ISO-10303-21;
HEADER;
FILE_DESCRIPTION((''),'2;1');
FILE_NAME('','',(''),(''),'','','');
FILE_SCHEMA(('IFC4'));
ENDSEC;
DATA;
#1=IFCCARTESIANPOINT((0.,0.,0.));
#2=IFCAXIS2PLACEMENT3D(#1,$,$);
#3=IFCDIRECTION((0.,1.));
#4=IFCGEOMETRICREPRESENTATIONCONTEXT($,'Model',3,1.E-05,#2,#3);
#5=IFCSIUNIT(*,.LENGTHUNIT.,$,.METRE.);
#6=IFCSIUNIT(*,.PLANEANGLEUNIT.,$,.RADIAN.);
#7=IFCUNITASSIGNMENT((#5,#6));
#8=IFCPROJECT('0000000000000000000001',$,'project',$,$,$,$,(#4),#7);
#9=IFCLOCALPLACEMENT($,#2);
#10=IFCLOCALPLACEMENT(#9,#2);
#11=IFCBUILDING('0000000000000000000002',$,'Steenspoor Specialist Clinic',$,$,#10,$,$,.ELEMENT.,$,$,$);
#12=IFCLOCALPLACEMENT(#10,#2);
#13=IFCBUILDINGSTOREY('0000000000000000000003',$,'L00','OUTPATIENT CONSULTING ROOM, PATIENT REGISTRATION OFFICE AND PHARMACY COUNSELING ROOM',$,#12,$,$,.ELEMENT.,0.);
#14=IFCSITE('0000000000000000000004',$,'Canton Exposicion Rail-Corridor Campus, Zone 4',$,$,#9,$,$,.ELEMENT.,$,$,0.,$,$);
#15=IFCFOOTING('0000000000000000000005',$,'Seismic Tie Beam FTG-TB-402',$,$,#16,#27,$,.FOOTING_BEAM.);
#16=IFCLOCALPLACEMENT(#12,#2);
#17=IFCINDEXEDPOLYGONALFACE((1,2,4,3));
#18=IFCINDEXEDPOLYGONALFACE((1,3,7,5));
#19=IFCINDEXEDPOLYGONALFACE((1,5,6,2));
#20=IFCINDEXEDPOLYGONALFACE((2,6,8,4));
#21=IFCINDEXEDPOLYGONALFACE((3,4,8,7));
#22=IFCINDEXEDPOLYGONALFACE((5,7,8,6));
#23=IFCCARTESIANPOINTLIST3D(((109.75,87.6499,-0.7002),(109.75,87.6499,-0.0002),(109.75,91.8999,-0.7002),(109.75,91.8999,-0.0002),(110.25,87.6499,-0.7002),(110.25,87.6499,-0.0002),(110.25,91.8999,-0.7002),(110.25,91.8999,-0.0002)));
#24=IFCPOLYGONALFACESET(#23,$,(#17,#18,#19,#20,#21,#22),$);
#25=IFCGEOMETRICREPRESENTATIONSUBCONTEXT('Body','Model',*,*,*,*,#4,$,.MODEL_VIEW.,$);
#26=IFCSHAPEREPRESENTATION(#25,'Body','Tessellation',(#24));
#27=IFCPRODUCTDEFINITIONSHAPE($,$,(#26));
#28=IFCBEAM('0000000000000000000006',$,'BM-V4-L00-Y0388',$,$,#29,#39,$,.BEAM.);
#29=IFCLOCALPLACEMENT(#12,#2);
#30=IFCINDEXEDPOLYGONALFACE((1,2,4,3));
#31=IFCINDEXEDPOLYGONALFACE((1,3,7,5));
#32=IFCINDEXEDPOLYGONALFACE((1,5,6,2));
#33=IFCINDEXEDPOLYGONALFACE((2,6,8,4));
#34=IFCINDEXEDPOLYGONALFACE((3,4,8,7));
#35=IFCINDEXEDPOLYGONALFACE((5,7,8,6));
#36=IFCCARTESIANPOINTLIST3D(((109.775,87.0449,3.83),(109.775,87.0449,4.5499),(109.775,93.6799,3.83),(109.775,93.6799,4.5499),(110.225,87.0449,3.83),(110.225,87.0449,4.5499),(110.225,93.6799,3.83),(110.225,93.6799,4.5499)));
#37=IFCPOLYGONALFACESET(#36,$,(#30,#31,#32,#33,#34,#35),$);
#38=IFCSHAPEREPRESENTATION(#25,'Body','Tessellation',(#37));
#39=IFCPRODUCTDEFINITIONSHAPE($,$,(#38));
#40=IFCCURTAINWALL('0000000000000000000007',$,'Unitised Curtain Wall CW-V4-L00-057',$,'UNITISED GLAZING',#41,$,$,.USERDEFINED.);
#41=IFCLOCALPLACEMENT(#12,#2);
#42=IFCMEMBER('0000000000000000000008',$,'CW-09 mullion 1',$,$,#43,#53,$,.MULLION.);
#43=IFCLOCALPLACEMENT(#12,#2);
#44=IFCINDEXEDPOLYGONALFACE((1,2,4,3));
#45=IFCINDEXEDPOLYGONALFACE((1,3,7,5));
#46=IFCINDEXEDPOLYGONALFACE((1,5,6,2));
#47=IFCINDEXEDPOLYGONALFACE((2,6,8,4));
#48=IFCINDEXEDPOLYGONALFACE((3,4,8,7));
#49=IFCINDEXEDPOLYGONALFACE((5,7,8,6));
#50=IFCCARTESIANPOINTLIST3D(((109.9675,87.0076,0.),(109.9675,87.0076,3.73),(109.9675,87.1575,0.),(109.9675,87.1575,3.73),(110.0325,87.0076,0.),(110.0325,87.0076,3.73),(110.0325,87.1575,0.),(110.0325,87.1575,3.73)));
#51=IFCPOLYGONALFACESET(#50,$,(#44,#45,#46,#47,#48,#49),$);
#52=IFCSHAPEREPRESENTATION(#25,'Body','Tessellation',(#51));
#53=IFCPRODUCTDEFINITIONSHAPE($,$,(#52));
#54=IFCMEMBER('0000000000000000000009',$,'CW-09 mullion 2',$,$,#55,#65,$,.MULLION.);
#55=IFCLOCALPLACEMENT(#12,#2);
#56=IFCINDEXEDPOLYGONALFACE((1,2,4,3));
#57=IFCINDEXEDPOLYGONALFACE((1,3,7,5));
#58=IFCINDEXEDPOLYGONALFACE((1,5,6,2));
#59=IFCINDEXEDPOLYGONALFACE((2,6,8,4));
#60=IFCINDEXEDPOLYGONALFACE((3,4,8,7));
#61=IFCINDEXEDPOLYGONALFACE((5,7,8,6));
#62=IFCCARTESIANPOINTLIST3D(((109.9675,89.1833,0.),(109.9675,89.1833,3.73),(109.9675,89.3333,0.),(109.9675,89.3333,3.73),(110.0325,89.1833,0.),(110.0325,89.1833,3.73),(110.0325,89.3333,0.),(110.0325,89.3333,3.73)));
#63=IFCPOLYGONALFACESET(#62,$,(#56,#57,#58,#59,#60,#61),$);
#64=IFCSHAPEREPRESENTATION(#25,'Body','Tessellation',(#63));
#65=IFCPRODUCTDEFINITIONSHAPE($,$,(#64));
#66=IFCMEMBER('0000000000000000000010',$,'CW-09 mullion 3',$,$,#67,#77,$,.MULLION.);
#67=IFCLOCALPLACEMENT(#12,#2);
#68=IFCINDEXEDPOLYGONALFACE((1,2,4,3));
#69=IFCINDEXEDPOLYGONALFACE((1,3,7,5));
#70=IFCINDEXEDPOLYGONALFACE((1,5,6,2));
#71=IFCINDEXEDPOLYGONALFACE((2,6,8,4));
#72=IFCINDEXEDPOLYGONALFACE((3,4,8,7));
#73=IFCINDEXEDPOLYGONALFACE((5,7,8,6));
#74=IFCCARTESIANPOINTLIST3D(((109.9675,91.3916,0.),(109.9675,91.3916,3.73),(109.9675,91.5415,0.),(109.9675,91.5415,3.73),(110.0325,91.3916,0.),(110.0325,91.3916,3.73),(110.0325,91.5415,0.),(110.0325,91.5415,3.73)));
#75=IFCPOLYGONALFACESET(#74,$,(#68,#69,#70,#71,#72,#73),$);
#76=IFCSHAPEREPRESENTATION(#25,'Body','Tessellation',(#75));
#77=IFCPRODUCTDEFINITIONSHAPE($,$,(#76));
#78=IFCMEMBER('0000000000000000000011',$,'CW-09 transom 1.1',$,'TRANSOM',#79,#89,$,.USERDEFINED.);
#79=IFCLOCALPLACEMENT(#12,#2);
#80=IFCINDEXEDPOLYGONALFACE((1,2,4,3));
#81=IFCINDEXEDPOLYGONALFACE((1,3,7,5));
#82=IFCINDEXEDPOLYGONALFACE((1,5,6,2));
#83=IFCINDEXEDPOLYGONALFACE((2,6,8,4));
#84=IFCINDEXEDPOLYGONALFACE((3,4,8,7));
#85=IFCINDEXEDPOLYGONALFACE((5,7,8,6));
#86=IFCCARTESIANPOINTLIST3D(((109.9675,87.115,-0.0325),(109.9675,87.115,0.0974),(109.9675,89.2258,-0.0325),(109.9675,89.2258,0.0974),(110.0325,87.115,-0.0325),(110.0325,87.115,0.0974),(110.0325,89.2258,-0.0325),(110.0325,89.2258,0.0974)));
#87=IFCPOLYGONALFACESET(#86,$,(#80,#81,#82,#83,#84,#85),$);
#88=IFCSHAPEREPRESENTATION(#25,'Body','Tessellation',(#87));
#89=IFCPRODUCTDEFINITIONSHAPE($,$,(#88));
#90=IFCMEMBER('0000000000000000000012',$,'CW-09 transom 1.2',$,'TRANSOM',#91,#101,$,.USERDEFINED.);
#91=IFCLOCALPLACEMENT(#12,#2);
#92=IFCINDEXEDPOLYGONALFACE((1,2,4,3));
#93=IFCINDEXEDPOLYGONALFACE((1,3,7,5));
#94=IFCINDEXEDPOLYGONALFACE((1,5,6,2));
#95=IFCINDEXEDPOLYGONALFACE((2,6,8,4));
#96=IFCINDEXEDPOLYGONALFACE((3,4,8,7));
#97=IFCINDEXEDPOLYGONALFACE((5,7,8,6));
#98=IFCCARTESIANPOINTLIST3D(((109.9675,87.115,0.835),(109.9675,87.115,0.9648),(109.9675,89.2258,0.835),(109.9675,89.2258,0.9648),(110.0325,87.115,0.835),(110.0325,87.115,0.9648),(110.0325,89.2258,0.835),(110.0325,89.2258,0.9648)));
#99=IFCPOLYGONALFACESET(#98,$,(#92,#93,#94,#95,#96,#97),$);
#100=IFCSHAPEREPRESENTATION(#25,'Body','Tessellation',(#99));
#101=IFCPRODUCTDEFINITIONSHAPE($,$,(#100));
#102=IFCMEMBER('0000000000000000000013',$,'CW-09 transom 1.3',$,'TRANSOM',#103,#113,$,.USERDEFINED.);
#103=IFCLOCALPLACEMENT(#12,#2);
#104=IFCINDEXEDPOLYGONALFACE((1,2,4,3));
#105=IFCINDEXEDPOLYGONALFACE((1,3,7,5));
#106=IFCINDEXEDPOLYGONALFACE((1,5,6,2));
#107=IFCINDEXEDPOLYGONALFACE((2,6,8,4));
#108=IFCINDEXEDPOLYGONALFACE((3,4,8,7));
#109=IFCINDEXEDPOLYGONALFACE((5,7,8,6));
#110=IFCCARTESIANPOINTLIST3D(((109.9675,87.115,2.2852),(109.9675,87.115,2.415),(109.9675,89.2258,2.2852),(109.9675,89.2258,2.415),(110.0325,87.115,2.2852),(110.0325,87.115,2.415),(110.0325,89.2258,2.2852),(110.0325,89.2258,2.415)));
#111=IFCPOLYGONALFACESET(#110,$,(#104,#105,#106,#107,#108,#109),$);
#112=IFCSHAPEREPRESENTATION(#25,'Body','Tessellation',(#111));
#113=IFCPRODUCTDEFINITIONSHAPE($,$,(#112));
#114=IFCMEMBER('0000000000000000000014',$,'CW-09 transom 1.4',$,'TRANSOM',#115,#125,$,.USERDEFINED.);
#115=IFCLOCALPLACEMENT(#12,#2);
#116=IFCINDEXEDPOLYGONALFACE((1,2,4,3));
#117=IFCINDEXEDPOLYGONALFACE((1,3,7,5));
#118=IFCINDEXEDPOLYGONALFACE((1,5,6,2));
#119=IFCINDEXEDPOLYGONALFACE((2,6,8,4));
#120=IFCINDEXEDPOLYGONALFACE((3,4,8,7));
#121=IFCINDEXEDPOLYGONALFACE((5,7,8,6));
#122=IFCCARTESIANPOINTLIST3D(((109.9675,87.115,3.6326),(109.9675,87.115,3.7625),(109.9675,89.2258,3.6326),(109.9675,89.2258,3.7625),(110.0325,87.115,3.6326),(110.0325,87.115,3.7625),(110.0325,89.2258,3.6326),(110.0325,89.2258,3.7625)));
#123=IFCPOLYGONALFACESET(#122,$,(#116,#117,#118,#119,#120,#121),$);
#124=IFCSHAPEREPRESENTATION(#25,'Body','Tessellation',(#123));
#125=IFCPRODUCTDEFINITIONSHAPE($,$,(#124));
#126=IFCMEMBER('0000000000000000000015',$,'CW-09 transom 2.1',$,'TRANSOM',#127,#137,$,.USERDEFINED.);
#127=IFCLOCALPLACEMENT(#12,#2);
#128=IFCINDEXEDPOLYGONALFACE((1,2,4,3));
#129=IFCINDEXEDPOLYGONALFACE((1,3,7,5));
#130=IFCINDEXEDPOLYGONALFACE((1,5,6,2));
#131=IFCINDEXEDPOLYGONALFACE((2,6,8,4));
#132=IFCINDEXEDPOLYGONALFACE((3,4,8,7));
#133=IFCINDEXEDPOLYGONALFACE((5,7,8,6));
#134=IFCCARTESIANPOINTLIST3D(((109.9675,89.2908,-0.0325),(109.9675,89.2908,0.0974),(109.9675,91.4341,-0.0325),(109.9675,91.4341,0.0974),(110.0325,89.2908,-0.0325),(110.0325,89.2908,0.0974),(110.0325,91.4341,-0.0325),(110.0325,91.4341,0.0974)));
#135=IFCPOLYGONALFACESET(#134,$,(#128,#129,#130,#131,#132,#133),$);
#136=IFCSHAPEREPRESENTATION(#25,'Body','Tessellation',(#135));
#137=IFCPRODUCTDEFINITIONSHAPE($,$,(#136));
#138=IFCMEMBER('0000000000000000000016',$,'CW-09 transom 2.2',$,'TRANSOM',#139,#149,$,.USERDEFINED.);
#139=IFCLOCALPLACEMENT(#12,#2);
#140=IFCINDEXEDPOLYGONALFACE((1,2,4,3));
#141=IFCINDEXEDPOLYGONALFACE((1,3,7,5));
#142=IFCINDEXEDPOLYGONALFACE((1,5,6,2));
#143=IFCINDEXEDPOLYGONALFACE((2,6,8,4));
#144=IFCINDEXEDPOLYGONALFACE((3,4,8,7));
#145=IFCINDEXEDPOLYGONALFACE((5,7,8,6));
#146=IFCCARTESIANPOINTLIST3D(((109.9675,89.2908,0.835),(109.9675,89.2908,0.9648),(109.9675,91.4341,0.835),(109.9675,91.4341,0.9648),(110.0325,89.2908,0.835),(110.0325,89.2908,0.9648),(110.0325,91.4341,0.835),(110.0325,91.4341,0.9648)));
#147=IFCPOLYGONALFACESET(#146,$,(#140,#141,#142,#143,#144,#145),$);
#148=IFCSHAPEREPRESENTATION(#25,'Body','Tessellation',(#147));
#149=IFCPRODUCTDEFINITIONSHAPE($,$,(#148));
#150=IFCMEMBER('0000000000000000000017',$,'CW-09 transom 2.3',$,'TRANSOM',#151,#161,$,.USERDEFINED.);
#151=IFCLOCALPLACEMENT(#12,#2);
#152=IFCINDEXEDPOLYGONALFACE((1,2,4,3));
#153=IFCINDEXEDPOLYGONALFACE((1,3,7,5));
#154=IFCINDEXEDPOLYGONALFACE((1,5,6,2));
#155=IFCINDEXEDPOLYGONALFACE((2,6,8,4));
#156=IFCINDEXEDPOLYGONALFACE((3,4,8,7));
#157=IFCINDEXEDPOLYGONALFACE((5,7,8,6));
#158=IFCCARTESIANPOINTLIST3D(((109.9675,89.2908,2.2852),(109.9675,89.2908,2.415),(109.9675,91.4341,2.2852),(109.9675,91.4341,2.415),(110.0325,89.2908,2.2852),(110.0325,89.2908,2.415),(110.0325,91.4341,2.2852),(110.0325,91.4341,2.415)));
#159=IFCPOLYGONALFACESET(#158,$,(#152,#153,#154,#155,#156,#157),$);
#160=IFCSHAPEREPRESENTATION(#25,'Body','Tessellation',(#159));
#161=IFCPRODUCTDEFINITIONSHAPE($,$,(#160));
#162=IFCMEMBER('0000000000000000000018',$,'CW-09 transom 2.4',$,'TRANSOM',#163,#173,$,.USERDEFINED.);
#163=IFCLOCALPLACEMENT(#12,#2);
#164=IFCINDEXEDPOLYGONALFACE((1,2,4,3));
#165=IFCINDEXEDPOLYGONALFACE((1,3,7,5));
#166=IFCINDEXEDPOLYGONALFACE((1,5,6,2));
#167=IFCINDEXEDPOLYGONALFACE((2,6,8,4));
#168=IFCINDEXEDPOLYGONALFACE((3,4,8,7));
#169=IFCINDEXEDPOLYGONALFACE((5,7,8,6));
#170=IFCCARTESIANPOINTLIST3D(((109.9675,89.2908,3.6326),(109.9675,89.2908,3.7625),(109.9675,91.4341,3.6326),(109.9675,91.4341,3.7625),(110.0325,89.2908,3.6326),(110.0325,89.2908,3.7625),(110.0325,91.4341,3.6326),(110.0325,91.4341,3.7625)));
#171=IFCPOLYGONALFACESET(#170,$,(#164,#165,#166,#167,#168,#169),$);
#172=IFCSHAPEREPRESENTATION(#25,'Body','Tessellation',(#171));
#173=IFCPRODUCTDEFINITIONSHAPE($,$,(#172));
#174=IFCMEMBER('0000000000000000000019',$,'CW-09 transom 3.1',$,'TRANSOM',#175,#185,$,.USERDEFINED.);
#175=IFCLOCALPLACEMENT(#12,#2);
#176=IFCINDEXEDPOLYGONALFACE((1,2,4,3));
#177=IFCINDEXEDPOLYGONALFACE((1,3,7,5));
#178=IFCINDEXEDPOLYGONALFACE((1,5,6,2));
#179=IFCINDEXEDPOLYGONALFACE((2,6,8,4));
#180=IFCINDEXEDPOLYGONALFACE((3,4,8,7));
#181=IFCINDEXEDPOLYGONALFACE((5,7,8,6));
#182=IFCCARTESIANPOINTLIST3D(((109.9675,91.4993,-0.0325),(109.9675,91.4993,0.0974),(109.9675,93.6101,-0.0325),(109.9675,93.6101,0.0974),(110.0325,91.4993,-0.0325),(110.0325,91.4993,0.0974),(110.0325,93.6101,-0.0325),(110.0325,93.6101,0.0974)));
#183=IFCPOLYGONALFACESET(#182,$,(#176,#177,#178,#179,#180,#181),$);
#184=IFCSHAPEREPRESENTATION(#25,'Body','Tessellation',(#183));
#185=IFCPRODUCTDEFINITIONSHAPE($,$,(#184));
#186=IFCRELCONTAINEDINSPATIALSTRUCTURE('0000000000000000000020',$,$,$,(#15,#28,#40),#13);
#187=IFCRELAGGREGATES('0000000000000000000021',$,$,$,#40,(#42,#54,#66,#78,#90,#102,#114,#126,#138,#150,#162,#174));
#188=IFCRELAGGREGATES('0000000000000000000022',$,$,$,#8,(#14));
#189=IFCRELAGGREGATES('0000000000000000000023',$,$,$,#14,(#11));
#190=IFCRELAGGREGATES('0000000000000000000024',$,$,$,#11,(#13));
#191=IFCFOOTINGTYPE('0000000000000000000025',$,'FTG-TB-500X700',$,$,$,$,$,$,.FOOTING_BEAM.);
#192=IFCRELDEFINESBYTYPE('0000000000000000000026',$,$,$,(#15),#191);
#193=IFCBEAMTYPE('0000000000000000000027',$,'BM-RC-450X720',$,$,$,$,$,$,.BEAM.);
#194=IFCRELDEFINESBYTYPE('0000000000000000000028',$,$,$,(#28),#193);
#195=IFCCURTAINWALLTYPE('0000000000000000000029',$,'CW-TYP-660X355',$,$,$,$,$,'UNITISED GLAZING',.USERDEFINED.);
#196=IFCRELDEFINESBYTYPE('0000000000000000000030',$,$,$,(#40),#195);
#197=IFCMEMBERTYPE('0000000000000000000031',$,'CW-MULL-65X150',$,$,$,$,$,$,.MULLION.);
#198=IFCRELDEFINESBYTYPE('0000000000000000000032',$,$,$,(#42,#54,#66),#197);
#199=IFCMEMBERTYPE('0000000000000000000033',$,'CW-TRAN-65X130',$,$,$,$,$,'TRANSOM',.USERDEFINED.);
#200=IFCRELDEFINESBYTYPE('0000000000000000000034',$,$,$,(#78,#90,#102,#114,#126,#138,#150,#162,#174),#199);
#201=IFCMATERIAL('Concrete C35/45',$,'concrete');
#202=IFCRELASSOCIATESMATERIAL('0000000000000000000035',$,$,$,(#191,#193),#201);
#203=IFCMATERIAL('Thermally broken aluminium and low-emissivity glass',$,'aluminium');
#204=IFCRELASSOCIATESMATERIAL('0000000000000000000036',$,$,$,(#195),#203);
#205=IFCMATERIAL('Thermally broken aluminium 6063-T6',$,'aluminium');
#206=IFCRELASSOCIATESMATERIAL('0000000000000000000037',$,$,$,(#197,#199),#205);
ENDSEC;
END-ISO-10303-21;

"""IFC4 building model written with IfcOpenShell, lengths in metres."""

from ifc_helpers import new_model, si_unit, direction, frame, origin, origin_2d, place, context, subcontext, project, spatial, rectangle, extrude, material, material_profile, profile_set, type_object, element, aggregate, save


model = new_model("IFC4")

# Units and contexts
model_context = context("Model", 3, precision=1e-05, world=origin(), true_north=direction((0.0, 1.0)))
body_context = subcontext(model_context, "Body", "Model", "MODEL_VIEW")
ifc_project = project(units=[si_unit("LENGTHUNIT", "METRE"), si_unit("PLANEANGLEUNIT", "RADIAN")], contexts=[model_context])

# Site, building, storey
site_placement = place(None, origin())
site = spatial("IfcSite", under=ifc_project, at=site_placement, Name="Canton Exposicion Rail-Corridor Campus, Zone 4", CompositionType="ELEMENT", RefElevation=0.0)
building_placement = place(site_placement, origin())
building = spatial("IfcBuilding", under=site, at=building_placement, Name="Steenspoor Specialist Clinic", CompositionType="ELEMENT")
storey_placement = place(building_placement, origin())
storey = spatial("IfcBuildingStorey", under=building, at=storey_placement, Name="L00", Description="OUTPATIENT CONSULTING ROOM, PATIENT REGISTRATION OFFICE AND PHARMACY COUNSELING ROOM", CompositionType="ELEMENT", Elevation=0.0)

# Footing
ifc_material_1 = material(Name="Concrete C35/45", Category="concrete")
footing_type = type_object("IfcFootingType", Name="FTG-TB-500X700", PredefinedType="FOOTING_BEAM", material=ifc_material_1)
footing_placement = place(storey_placement, frame((110.0, 89.7749, -0.7002), z_axis=(0.0, 0.0, 1.0), x_axis=(1.0, 0.0, 0.0)))
element("IfcFooting", 1, at=footing_placement, inside=storey, type_object=footing_type, Name="Seismic Tie Beam FTG-TB-402", PredefinedType="FOOTING_BEAM", context=body_context, shape_type="SweptSolid", body=[
    extrude(rectangle(XDim=0.5, YDim=4.25, at=origin_2d()), origin(), (0.0, 0.0, 1.0), 0.7),
])

# Beam
ifc_material_profile_1 = material_profile(ifc_material_1, rectangle(XDim=0.45, YDim=0.72, at=origin_2d()), Name="RC-BM-450X720")
ifc_profile_set_1 = profile_set([ifc_material_profile_1], Name="Concrete C35/45")
beam_type = type_object("IfcBeamType", Name="BM-RC-450X720", PredefinedType="BEAM", material=ifc_profile_set_1)
beam_placement = place(storey_placement, frame((110.0, 87.0449, 4.1899), z_axis=(0.0, 1.0, 0.0), x_axis=(-1.0, 0.0, 0.0)))
element("IfcBeam", 2, at=beam_placement, inside=storey, type_object=beam_type, Name="BM-V4-L00-Y0388", PredefinedType="BEAM", context=body_context, shape_type="SweptSolid", body=[
    extrude(rectangle(XDim=0.45, YDim=0.72, at=origin_2d()), origin(), (0.0, 0.0, 1.0), 6.635),
])

# Curtain wall, members
ifc_material_2 = material(Name="Thermally broken aluminium and low-emissivity glass", Category="aluminium")
curtain_wall_type = type_object("IfcCurtainWallType", Name="CW-TYP-660X355", ElementType="UNITISED GLAZING", PredefinedType="USERDEFINED", material=ifc_material_2)
curtain_wall_placement = place(storey_placement, origin())
curtain_wall = element("IfcCurtainWall", 3, at=curtain_wall_placement, inside=storey, type_object=curtain_wall_type, Name="Unitised Curtain Wall CW-V4-L00-057", ObjectType="UNITISED GLAZING", PredefinedType="USERDEFINED")
ifc_material_3 = material(Name="Thermally broken aluminium 6063-T6", Category="aluminium")
ifc_material_profile_2 = material_profile(ifc_material_3, rectangle(XDim=0.0649, YDim=0.1499, at=origin_2d()), Name="CWM-65X150")
ifc_profile_set_2 = profile_set([ifc_material_profile_2], Name="Thermally broken aluminium 6063-T6")
member_type_1 = type_object("IfcMemberType", Name="CW-MULL-65X150", PredefinedType="MULLION", material=ifc_profile_set_2)
member_1_placement = place(storey_placement, frame((110.0, 87.0825, 0.0), z_axis=(0.0, 0.0, 1.0), x_axis=(-1.0, 0.0, 0.0)))
member_1 = element("IfcMember", 4, at=member_1_placement, type_object=member_type_1, Name="CW-09 mullion 1", PredefinedType="MULLION", context=body_context, shape_type="SweptSolid", body=[
    extrude(rectangle(XDim=0.0649, YDim=0.1499, at=origin_2d()), origin(), (0.0, 0.0, 1.0), 3.73),
])
member_2_placement = place(storey_placement, frame((110.0, 89.2583, 0.0), z_axis=(0.0, 0.0, 1.0), x_axis=(-1.0, 0.0, 0.0)))
member_2 = element("IfcMember", 5, at=member_2_placement, type_object=member_type_1, Name="CW-09 mullion 2", PredefinedType="MULLION", context=body_context, shape_type="SweptSolid", body=[
    extrude(rectangle(XDim=0.0649, YDim=0.1499, at=origin_2d()), origin(), (0.0, 0.0, 1.0), 3.73),
])
member_3_placement = place(storey_placement, frame((110.0, 91.4666, 0.0), z_axis=(0.0, 0.0, 1.0), x_axis=(-1.0, 0.0, 0.0)))
member_3 = element("IfcMember", 6, at=member_3_placement, type_object=member_type_1, Name="CW-09 mullion 3", PredefinedType="MULLION", context=body_context, shape_type="SweptSolid", body=[
    extrude(rectangle(XDim=0.0649, YDim=0.1499, at=origin_2d()), origin(), (0.0, 0.0, 1.0), 3.73),
])
ifc_material_profile_3 = material_profile(ifc_material_3, rectangle(XDim=0.0649, YDim=0.1299, at=origin_2d()), Name="CWT-65X130")
ifc_profile_set_3 = profile_set([ifc_material_profile_3], Name="Thermally broken aluminium 6063-T6")
member_type_2 = type_object("IfcMemberType", Name="CW-TRAN-65X130", ElementType="TRANSOM", PredefinedType="USERDEFINED", material=ifc_profile_set_3)
member_4_placement = place(storey_placement, frame((110.0, 87.115, 0.0325), z_axis=(0.0, 1.0, 0.0), x_axis=(-1.0, 0.0, 0.0)))
member_4 = element("IfcMember", 7, at=member_4_placement, type_object=member_type_2, Name="CW-09 transom 1.1", ObjectType="TRANSOM", PredefinedType="USERDEFINED", context=body_context, shape_type="SweptSolid", body=[
    extrude(rectangle(XDim=0.0649, YDim=0.1299, at=origin_2d()), origin(), (0.0, 0.0, 1.0), 2.1108),
])
member_5_placement = place(storey_placement, frame((110.0, 87.115, 0.8999), z_axis=(0.0, 1.0, 0.0), x_axis=(-1.0, 0.0, 0.0)))
member_5 = element("IfcMember", 8, at=member_5_placement, type_object=member_type_2, Name="CW-09 transom 1.2", ObjectType="TRANSOM", PredefinedType="USERDEFINED", context=body_context, shape_type="SweptSolid", body=[
    extrude(rectangle(XDim=0.0649, YDim=0.1299, at=origin_2d()), origin(), (0.0, 0.0, 1.0), 2.1108),
])
member_6_placement = place(storey_placement, frame((110.0, 87.115, 2.3501), z_axis=(0.0, 1.0, 0.0), x_axis=(-1.0, 0.0, 0.0)))
member_6 = element("IfcMember", 9, at=member_6_placement, type_object=member_type_2, Name="CW-09 transom 1.3", ObjectType="TRANSOM", PredefinedType="USERDEFINED", context=body_context, shape_type="SweptSolid", body=[
    extrude(rectangle(XDim=0.0649, YDim=0.1299, at=origin_2d()), origin(), (0.0, 0.0, 1.0), 2.1108),
])
member_7_placement = place(storey_placement, frame((110.0, 87.115, 3.6975), z_axis=(0.0, 1.0, 0.0), x_axis=(-1.0, 0.0, 0.0)))
member_7 = element("IfcMember", 10, at=member_7_placement, type_object=member_type_2, Name="CW-09 transom 1.4", ObjectType="TRANSOM", PredefinedType="USERDEFINED", context=body_context, shape_type="SweptSolid", body=[
    extrude(rectangle(XDim=0.0649, YDim=0.1299, at=origin_2d()), origin(), (0.0, 0.0, 1.0), 2.1108),
])
member_8_placement = place(storey_placement, frame((110.0, 89.2908, 0.0325), z_axis=(0.0, 1.0, 0.0), x_axis=(-1.0, 0.0, 0.0)))
member_8 = element("IfcMember", 11, at=member_8_placement, type_object=member_type_2, Name="CW-09 transom 2.1", ObjectType="TRANSOM", PredefinedType="USERDEFINED", context=body_context, shape_type="SweptSolid", body=[
    extrude(rectangle(XDim=0.0649, YDim=0.1299, at=origin_2d()), origin(), (0.0, 0.0, 1.0), 2.1433),
])
member_9_placement = place(storey_placement, frame((110.0, 89.2908, 0.8999), z_axis=(0.0, 1.0, 0.0), x_axis=(-1.0, 0.0, 0.0)))
member_9 = element("IfcMember", 12, at=member_9_placement, type_object=member_type_2, Name="CW-09 transom 2.2", ObjectType="TRANSOM", PredefinedType="USERDEFINED", context=body_context, shape_type="SweptSolid", body=[
    extrude(rectangle(XDim=0.0649, YDim=0.1299, at=origin_2d()), origin(), (0.0, 0.0, 1.0), 2.1433),
])
member_10_placement = place(storey_placement, frame((110.0, 89.2908, 2.3501), z_axis=(0.0, 1.0, 0.0), x_axis=(-1.0, 0.0, 0.0)))
member_10 = element("IfcMember", 13, at=member_10_placement, type_object=member_type_2, Name="CW-09 transom 2.3", ObjectType="TRANSOM", PredefinedType="USERDEFINED", context=body_context, shape_type="SweptSolid", body=[
    extrude(rectangle(XDim=0.0649, YDim=0.1299, at=origin_2d()), origin(), (0.0, 0.0, 1.0), 2.1433),
])
member_11_placement = place(storey_placement, frame((110.0, 89.2908, 3.6975), z_axis=(0.0, 1.0, 0.0), x_axis=(-1.0, 0.0, 0.0)))
member_11 = element("IfcMember", 14, at=member_11_placement, type_object=member_type_2, Name="CW-09 transom 2.4", ObjectType="TRANSOM", PredefinedType="USERDEFINED", context=body_context, shape_type="SweptSolid", body=[
    extrude(rectangle(XDim=0.0649, YDim=0.1299, at=origin_2d()), origin(), (0.0, 0.0, 1.0), 2.1433),
])
member_12_placement = place(storey_placement, frame((110.0, 91.4993, 0.0325), z_axis=(0.0, 1.0, 0.0), x_axis=(-1.0, 0.0, 0.0)))
member_12 = element("IfcMember", 15, at=member_12_placement, type_object=member_type_2, Name="CW-09 transom 3.1", ObjectType="TRANSOM", PredefinedType="USERDEFINED", context=body_context, shape_type="SweptSolid", body=[
    extrude(rectangle(XDim=0.0649, YDim=0.1299, at=origin_2d()), origin(), (0.0, 0.0, 1.0), 2.1108),
])
aggregate(curtain_wall, [member_1, member_2, member_3, member_4, member_5, member_6, member_7, member_8, member_9, member_10, member_11, member_12])

save(model, "model.ifc")
